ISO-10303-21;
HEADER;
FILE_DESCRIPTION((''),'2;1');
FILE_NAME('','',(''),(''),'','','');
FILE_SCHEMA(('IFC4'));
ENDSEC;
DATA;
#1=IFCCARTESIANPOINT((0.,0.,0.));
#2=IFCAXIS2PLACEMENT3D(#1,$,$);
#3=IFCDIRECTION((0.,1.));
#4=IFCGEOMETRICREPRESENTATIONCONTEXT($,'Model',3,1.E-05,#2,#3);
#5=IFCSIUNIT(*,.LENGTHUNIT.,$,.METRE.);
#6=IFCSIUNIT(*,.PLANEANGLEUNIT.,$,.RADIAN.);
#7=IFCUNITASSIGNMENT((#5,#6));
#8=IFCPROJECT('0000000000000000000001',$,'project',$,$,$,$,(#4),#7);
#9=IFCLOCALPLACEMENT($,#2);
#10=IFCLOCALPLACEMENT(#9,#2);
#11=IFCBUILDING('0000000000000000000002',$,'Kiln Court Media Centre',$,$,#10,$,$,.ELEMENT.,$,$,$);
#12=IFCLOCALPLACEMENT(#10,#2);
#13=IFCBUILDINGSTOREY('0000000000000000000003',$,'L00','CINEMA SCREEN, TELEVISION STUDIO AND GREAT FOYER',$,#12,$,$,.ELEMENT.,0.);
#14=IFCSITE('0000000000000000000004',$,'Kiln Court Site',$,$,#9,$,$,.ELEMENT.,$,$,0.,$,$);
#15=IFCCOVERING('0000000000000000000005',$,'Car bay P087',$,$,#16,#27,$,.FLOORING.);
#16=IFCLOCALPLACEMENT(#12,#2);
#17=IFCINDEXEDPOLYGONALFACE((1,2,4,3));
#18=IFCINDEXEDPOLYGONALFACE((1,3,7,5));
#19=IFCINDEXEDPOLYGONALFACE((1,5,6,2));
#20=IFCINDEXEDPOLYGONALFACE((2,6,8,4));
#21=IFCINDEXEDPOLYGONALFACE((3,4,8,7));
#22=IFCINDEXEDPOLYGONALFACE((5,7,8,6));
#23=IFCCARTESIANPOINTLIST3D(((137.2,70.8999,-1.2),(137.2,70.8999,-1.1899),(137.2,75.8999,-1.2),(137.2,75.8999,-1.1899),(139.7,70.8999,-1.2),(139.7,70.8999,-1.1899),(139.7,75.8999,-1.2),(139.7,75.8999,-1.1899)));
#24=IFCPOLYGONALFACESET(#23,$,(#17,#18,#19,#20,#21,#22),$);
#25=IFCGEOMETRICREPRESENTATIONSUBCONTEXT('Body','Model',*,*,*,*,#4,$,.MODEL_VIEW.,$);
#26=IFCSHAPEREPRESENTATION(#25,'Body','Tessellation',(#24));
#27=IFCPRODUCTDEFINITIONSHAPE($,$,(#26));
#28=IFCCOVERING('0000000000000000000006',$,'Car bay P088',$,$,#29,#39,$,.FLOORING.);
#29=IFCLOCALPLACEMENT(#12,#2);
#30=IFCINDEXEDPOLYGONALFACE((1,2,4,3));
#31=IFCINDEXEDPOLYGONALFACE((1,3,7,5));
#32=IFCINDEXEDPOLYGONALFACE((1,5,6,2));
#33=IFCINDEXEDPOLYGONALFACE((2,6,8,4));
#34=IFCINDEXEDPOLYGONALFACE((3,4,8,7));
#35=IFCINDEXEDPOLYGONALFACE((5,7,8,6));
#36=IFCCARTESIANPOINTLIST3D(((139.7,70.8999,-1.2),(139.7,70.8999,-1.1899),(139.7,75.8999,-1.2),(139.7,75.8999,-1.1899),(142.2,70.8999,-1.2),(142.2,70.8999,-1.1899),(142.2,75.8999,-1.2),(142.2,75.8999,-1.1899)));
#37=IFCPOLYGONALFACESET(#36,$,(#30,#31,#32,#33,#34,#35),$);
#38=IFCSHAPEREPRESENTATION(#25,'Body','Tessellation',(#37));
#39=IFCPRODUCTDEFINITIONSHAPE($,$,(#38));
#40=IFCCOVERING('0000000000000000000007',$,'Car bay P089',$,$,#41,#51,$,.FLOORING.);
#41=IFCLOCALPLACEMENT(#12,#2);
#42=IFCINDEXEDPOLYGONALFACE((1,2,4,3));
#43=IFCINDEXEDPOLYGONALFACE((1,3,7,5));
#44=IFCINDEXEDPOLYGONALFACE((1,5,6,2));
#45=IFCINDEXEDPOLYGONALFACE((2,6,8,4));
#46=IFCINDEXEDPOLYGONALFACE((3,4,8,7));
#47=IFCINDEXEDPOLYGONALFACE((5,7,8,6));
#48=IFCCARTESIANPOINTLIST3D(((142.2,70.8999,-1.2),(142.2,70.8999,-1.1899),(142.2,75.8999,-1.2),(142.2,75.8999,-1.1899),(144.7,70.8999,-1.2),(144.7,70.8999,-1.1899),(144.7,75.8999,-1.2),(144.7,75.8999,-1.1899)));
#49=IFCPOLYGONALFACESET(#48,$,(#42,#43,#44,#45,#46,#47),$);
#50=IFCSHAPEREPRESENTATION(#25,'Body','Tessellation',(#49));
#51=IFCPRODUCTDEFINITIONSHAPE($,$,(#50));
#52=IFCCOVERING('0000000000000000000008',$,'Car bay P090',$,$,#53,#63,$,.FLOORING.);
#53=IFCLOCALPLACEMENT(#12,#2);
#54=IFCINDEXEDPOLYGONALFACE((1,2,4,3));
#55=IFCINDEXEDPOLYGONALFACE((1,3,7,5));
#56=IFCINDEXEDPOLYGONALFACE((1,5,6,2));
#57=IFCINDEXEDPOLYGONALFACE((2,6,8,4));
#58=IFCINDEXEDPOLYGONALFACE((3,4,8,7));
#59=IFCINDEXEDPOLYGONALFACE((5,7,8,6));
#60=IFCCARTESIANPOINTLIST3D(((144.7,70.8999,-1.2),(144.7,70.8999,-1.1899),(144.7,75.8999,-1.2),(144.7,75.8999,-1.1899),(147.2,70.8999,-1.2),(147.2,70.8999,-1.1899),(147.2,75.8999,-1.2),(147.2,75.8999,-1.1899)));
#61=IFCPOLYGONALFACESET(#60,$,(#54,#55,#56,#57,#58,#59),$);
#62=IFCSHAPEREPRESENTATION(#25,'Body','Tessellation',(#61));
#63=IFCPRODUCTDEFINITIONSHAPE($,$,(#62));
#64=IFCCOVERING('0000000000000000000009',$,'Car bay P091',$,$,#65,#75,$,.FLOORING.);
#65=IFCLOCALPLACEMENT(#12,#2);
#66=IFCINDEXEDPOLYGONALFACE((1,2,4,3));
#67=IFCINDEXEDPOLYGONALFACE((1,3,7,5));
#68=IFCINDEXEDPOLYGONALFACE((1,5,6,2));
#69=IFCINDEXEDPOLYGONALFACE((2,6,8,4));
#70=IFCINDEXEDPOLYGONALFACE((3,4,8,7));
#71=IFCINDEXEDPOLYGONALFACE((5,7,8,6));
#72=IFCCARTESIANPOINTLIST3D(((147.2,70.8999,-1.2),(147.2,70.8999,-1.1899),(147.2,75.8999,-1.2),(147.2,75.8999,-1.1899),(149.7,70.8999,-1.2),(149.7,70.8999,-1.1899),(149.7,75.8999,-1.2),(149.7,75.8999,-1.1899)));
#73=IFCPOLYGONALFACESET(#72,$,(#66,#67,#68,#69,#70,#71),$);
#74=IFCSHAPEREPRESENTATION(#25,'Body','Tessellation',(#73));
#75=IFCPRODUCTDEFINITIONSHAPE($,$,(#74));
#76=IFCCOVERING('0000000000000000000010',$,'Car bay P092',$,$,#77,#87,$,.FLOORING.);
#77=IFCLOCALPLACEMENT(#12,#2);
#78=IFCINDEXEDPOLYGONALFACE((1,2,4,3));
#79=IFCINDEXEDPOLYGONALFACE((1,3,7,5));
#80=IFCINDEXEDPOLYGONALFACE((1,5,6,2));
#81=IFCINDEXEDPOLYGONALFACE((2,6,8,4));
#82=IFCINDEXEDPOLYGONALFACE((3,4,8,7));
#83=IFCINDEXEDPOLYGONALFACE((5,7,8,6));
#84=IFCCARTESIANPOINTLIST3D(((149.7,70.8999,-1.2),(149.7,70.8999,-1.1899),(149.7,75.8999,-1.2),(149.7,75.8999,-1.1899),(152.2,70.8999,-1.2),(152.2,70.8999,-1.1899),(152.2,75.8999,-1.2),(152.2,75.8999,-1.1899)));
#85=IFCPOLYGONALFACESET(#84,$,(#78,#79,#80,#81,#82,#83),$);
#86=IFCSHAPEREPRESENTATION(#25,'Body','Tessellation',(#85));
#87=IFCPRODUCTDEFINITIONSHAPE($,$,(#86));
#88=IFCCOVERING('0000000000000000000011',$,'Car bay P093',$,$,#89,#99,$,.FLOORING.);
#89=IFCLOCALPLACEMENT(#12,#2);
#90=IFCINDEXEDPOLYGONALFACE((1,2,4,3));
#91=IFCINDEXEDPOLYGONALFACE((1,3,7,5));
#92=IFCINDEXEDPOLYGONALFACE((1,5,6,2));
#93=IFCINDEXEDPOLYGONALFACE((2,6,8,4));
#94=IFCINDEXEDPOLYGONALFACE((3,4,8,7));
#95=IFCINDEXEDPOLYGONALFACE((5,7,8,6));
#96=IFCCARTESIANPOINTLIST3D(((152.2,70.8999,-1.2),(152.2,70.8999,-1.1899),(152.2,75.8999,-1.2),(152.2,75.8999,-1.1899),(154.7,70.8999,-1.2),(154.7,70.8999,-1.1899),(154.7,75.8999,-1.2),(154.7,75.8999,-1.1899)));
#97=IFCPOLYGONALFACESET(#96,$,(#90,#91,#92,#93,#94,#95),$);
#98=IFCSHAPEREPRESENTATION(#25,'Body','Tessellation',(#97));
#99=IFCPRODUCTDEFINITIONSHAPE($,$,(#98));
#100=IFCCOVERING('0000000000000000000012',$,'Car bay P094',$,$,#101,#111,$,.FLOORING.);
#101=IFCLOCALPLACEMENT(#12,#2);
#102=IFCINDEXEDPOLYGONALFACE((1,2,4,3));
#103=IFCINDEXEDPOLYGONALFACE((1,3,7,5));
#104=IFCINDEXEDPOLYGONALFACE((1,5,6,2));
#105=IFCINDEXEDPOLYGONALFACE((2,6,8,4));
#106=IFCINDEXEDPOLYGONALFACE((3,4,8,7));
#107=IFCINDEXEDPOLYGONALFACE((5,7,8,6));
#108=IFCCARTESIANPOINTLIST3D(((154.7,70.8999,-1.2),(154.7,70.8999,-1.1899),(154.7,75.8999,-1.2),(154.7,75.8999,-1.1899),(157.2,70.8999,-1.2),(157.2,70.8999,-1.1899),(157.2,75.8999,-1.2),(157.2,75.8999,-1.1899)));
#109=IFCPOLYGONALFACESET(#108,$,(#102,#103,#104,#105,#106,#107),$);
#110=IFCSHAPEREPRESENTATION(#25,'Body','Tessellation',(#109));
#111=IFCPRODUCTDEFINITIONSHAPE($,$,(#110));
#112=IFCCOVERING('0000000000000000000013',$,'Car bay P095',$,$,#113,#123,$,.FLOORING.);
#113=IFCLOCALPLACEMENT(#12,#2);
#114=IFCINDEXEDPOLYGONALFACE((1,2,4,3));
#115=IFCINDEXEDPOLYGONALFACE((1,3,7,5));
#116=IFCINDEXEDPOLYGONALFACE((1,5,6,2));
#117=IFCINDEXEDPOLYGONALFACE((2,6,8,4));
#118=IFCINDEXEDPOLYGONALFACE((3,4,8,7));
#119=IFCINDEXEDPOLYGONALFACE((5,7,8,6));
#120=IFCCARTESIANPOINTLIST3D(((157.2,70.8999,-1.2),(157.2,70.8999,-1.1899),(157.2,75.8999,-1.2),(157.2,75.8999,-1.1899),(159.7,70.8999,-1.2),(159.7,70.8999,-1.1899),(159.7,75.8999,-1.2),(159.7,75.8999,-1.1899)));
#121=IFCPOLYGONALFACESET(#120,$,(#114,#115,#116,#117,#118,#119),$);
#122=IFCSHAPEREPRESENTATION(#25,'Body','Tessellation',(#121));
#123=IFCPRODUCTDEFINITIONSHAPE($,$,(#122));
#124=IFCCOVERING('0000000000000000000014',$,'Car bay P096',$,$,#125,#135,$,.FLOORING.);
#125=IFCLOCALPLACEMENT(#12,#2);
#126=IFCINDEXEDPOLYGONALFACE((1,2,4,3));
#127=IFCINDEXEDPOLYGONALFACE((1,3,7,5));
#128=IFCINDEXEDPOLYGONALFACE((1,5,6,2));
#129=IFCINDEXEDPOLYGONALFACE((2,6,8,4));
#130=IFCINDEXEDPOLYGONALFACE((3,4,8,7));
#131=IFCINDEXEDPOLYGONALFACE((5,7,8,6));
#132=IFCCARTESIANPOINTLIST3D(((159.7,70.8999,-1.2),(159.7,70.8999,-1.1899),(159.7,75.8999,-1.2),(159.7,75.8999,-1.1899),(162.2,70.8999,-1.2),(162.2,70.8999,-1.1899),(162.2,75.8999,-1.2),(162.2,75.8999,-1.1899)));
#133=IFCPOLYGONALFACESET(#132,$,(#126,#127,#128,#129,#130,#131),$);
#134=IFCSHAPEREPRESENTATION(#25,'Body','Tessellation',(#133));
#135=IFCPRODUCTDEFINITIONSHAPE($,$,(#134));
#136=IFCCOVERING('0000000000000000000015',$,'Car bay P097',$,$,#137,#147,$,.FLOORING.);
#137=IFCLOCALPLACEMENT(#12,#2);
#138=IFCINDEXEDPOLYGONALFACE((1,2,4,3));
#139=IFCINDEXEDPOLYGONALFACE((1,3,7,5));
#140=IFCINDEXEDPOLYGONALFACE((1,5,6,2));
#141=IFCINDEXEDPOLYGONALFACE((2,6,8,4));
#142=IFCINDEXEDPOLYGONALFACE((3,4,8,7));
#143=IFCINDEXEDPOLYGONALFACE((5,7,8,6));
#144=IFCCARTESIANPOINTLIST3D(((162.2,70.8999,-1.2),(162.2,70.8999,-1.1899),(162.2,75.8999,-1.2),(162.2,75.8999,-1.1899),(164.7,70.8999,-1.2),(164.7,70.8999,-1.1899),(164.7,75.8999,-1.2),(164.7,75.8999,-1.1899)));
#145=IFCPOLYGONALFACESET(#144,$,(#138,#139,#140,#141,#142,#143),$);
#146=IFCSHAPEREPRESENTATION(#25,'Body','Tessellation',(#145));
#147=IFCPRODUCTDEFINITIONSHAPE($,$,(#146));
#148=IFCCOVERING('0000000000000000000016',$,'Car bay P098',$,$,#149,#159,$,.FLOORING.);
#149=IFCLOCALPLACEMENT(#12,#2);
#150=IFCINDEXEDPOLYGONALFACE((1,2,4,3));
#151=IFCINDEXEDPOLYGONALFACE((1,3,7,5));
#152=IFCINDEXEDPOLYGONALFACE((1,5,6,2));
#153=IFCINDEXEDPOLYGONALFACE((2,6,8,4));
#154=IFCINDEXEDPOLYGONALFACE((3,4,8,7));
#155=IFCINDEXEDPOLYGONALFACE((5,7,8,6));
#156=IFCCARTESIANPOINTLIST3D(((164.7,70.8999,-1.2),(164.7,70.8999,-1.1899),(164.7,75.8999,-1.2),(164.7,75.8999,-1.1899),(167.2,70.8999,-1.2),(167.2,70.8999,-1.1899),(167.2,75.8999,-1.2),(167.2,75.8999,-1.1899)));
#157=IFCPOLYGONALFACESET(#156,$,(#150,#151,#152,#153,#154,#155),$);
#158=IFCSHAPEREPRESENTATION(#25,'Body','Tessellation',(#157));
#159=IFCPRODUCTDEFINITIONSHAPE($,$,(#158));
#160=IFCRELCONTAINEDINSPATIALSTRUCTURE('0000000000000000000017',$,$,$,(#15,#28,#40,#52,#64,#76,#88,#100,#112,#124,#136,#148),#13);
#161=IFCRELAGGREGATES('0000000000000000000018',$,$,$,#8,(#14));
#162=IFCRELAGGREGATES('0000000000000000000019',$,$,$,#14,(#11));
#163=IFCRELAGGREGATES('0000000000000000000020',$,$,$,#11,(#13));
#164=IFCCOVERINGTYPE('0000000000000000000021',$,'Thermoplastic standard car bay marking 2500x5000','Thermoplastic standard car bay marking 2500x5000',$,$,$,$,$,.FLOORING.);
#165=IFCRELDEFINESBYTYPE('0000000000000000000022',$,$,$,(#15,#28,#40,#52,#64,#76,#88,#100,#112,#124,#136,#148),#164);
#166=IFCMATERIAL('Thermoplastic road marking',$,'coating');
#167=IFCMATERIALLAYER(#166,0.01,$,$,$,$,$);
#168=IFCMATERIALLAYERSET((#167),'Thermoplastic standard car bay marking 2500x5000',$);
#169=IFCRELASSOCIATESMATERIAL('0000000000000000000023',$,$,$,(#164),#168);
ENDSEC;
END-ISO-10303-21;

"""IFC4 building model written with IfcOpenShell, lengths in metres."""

from ifc_helpers import new_model, si_unit, direction, frame, origin, place, context, subcontext, project, spatial, polyline, outline, extrude, material, layer, layer_set, type_object, element, save


model = new_model("IFC4")

# Units and contexts
model_context = context("Model", 3, precision=1e-05, world=origin(), true_north=direction((0.0, 1.0)))
body_context = subcontext(model_context, "Body", "Model", "MODEL_VIEW")
ifc_project = project(units=[si_unit("LENGTHUNIT", "METRE"), si_unit("PLANEANGLEUNIT", "RADIAN")], contexts=[model_context])

# Site, building, storey
site_placement = place(None, origin())
site = spatial("IfcSite", under=ifc_project, at=site_placement, Name="Kiln Court Site", CompositionType="ELEMENT", RefElevation=0.0)
building_placement = place(site_placement, origin())
building = spatial("IfcBuilding", under=site, at=building_placement, Name="Kiln Court Media Centre", CompositionType="ELEMENT")
storey_placement = place(building_placement, origin())
storey = spatial("IfcBuildingStorey", under=building, at=storey_placement, Name="L00", Description="CINEMA SCREEN, TELEVISION STUDIO AND GREAT FOYER", CompositionType="ELEMENT", Elevation=0.0)

# Coverings
ifc_material_1 = material(Name="Thermoplastic road marking", Category="coating")
ifc_layer_1 = layer(ifc_material_1, 0.01)
ifc_layer_set_1 = layer_set([ifc_layer_1], Name="Thermoplastic standard car bay marking 2500x5000")
covering_type_1 = type_object("IfcCoveringType", Name="Thermoplastic standard car bay marking 2500x5000", Description="Thermoplastic standard car bay marking 2500x5000", PredefinedType="FLOORING", material=ifc_layer_set_1)
covering_1_placement = place(storey_placement, frame((0.0, 0.0, -1.2)))
element("IfcCovering", 1, at=covering_1_placement, inside=storey, type_object=covering_type_1, Name="Car bay P087", PredefinedType="FLOORING", context=body_context, shape_type="SweptSolid", body=[
    extrude(outline(polyline([(137.2, 70.8999), (139.7, 70.8999), (139.7, 75.8999), (137.2, 75.8999), (137.2, 70.8999)])), origin(), (0.0, 0.0, 1.0), 0.01),
])
covering_2_placement = place(storey_placement, frame((0.0, 0.0, -1.2)))
element("IfcCovering", 2, at=covering_2_placement, inside=storey, type_object=covering_type_1, Name="Car bay P088", PredefinedType="FLOORING", context=body_context, shape_type="SweptSolid", body=[
    extrude(outline(polyline([(139.7, 70.8999), (142.2, 70.8999), (142.2, 75.8999), (139.7, 75.8999), (139.7, 70.8999)])), origin(), (0.0, 0.0, 1.0), 0.01),
])
covering_3_placement = place(storey_placement, frame((0.0, 0.0, -1.2)))
element("IfcCovering", 3, at=covering_3_placement, inside=storey, type_object=covering_type_1, Name="Car bay P089", PredefinedType="FLOORING", context=body_context, shape_type="SweptSolid", body=[
    extrude(outline(polyline([(142.2, 70.8999), (144.7, 70.8999), (144.7, 75.8999), (142.2, 75.8999), (142.2, 70.8999)])), origin(), (0.0, 0.0, 1.0), 0.01),
])
covering_4_placement = place(storey_placement, frame((0.0, 0.0, -1.2)))
element("IfcCovering", 4, at=covering_4_placement, inside=storey, type_object=covering_type_1, Name="Car bay P090", PredefinedType="FLOORING", context=body_context, shape_type="SweptSolid", body=[
    extrude(outline(polyline([(144.7, 70.8999), (147.2, 70.8999), (147.2, 75.8999), (144.7, 75.8999), (144.7, 70.8999)])), origin(), (0.0, 0.0, 1.0), 0.01),
])
covering_5_placement = place(storey_placement, frame((0.0, 0.0, -1.2)))
element("IfcCovering", 5, at=covering_5_placement, inside=storey, type_object=covering_type_1, Name="Car bay P091", PredefinedType="FLOORING", context=body_context, shape_type="SweptSolid", body=[
    extrude(outline(polyline([(147.2, 70.8999), (149.7, 70.8999), (149.7, 75.8999), (147.2, 75.8999), (147.2, 70.8999)])), origin(), (0.0, 0.0, 1.0), 0.01),
])
covering_6_placement = place(storey_placement, frame((0.0, 0.0, -1.2)))
element("IfcCovering", 6, at=covering_6_placement, inside=storey, type_object=covering_type_1, Name="Car bay P092", PredefinedType="FLOORING", context=body_context, shape_type="SweptSolid", body=[
    extrude(outline(polyline([(149.7, 70.8999), (152.2, 70.8999), (152.2, 75.8999), (149.7, 75.8999), (149.7, 70.8999)])), origin(), (0.0, 0.0, 1.0), 0.01),
])
covering_7_placement = place(storey_placement, frame((0.0, 0.0, -1.2)))
element("IfcCovering", 7, at=covering_7_placement, inside=storey, type_object=covering_type_1, Name="Car bay P093", PredefinedType="FLOORING", context=body_context, shape_type="SweptSolid", body=[
    extrude(outline(polyline([(152.2, 70.8999), (154.7, 70.8999), (154.7, 75.8999), (152.2, 75.8999), (152.2, 70.8999)])), origin(), (0.0, 0.0, 1.0), 0.01),
])
covering_8_placement = place(storey_placement, frame((0.0, 0.0, -1.2)))
element("IfcCovering", 8, at=covering_8_placement, inside=storey, type_object=covering_type_1, Name="Car bay P094", PredefinedType="FLOORING", context=body_context, shape_type="SweptSolid", body=[
    extrude(outline(polyline([(154.7, 70.8999), (157.2, 70.8999), (157.2, 75.8999), (154.7, 75.8999), (154.7, 70.8999)])), origin(), (0.0, 0.0, 1.0), 0.01),
])
covering_9_placement = place(storey_placement, frame((0.0, 0.0, -1.2)))
element("IfcCovering", 9, at=covering_9_placement, inside=storey, type_object=covering_type_1, Name="Car bay P095", PredefinedType="FLOORING", context=body_context, shape_type="SweptSolid", body=[
    extrude(outline(polyline([(157.2, 70.8999), (159.7, 70.8999), (159.7, 75.8999), (157.2, 75.8999), (157.2, 70.8999)])), origin(), (0.0, 0.0, 1.0), 0.01),
])
covering_10_placement = place(storey_placement, frame((0.0, 0.0, -1.2)))
element("IfcCovering", 10, at=covering_10_placement, inside=storey, type_object=covering_type_1, Name="Car bay P096", PredefinedType="FLOORING", context=body_context, shape_type="SweptSolid", body=[
    extrude(outline(polyline([(159.7, 70.8999), (162.2, 70.8999), (162.2, 75.8999), (159.7, 75.8999), (159.7, 70.8999)])), origin(), (0.0, 0.0, 1.0), 0.01),
])
covering_11_placement = place(storey_placement, frame((0.0, 0.0, -1.2)))
element("IfcCovering", 11, at=covering_11_placement, inside=storey, type_object=covering_type_1, Name="Car bay P097", PredefinedType="FLOORING", context=body_context, shape_type="SweptSolid", body=[
    extrude(outline(polyline([(162.2, 70.8999), (164.7, 70.8999), (164.7, 75.8999), (162.2, 75.8999), (162.2, 70.8999)])), origin(), (0.0, 0.0, 1.0), 0.01),
])
covering_12_placement = place(storey_placement, frame((0.0, 0.0, -1.2)))
element("IfcCovering", 12, at=covering_12_placement, inside=storey, type_object=covering_type_1, Name="Car bay P098", PredefinedType="FLOORING", context=body_context, shape_type="SweptSolid", body=[
    extrude(outline(polyline([(164.7, 70.8999), (167.2, 70.8999), (167.2, 75.8999), (164.7, 75.8999), (164.7, 70.8999)])), origin(), (0.0, 0.0, 1.0), 0.01),
])

save(model, "model.ifc")
